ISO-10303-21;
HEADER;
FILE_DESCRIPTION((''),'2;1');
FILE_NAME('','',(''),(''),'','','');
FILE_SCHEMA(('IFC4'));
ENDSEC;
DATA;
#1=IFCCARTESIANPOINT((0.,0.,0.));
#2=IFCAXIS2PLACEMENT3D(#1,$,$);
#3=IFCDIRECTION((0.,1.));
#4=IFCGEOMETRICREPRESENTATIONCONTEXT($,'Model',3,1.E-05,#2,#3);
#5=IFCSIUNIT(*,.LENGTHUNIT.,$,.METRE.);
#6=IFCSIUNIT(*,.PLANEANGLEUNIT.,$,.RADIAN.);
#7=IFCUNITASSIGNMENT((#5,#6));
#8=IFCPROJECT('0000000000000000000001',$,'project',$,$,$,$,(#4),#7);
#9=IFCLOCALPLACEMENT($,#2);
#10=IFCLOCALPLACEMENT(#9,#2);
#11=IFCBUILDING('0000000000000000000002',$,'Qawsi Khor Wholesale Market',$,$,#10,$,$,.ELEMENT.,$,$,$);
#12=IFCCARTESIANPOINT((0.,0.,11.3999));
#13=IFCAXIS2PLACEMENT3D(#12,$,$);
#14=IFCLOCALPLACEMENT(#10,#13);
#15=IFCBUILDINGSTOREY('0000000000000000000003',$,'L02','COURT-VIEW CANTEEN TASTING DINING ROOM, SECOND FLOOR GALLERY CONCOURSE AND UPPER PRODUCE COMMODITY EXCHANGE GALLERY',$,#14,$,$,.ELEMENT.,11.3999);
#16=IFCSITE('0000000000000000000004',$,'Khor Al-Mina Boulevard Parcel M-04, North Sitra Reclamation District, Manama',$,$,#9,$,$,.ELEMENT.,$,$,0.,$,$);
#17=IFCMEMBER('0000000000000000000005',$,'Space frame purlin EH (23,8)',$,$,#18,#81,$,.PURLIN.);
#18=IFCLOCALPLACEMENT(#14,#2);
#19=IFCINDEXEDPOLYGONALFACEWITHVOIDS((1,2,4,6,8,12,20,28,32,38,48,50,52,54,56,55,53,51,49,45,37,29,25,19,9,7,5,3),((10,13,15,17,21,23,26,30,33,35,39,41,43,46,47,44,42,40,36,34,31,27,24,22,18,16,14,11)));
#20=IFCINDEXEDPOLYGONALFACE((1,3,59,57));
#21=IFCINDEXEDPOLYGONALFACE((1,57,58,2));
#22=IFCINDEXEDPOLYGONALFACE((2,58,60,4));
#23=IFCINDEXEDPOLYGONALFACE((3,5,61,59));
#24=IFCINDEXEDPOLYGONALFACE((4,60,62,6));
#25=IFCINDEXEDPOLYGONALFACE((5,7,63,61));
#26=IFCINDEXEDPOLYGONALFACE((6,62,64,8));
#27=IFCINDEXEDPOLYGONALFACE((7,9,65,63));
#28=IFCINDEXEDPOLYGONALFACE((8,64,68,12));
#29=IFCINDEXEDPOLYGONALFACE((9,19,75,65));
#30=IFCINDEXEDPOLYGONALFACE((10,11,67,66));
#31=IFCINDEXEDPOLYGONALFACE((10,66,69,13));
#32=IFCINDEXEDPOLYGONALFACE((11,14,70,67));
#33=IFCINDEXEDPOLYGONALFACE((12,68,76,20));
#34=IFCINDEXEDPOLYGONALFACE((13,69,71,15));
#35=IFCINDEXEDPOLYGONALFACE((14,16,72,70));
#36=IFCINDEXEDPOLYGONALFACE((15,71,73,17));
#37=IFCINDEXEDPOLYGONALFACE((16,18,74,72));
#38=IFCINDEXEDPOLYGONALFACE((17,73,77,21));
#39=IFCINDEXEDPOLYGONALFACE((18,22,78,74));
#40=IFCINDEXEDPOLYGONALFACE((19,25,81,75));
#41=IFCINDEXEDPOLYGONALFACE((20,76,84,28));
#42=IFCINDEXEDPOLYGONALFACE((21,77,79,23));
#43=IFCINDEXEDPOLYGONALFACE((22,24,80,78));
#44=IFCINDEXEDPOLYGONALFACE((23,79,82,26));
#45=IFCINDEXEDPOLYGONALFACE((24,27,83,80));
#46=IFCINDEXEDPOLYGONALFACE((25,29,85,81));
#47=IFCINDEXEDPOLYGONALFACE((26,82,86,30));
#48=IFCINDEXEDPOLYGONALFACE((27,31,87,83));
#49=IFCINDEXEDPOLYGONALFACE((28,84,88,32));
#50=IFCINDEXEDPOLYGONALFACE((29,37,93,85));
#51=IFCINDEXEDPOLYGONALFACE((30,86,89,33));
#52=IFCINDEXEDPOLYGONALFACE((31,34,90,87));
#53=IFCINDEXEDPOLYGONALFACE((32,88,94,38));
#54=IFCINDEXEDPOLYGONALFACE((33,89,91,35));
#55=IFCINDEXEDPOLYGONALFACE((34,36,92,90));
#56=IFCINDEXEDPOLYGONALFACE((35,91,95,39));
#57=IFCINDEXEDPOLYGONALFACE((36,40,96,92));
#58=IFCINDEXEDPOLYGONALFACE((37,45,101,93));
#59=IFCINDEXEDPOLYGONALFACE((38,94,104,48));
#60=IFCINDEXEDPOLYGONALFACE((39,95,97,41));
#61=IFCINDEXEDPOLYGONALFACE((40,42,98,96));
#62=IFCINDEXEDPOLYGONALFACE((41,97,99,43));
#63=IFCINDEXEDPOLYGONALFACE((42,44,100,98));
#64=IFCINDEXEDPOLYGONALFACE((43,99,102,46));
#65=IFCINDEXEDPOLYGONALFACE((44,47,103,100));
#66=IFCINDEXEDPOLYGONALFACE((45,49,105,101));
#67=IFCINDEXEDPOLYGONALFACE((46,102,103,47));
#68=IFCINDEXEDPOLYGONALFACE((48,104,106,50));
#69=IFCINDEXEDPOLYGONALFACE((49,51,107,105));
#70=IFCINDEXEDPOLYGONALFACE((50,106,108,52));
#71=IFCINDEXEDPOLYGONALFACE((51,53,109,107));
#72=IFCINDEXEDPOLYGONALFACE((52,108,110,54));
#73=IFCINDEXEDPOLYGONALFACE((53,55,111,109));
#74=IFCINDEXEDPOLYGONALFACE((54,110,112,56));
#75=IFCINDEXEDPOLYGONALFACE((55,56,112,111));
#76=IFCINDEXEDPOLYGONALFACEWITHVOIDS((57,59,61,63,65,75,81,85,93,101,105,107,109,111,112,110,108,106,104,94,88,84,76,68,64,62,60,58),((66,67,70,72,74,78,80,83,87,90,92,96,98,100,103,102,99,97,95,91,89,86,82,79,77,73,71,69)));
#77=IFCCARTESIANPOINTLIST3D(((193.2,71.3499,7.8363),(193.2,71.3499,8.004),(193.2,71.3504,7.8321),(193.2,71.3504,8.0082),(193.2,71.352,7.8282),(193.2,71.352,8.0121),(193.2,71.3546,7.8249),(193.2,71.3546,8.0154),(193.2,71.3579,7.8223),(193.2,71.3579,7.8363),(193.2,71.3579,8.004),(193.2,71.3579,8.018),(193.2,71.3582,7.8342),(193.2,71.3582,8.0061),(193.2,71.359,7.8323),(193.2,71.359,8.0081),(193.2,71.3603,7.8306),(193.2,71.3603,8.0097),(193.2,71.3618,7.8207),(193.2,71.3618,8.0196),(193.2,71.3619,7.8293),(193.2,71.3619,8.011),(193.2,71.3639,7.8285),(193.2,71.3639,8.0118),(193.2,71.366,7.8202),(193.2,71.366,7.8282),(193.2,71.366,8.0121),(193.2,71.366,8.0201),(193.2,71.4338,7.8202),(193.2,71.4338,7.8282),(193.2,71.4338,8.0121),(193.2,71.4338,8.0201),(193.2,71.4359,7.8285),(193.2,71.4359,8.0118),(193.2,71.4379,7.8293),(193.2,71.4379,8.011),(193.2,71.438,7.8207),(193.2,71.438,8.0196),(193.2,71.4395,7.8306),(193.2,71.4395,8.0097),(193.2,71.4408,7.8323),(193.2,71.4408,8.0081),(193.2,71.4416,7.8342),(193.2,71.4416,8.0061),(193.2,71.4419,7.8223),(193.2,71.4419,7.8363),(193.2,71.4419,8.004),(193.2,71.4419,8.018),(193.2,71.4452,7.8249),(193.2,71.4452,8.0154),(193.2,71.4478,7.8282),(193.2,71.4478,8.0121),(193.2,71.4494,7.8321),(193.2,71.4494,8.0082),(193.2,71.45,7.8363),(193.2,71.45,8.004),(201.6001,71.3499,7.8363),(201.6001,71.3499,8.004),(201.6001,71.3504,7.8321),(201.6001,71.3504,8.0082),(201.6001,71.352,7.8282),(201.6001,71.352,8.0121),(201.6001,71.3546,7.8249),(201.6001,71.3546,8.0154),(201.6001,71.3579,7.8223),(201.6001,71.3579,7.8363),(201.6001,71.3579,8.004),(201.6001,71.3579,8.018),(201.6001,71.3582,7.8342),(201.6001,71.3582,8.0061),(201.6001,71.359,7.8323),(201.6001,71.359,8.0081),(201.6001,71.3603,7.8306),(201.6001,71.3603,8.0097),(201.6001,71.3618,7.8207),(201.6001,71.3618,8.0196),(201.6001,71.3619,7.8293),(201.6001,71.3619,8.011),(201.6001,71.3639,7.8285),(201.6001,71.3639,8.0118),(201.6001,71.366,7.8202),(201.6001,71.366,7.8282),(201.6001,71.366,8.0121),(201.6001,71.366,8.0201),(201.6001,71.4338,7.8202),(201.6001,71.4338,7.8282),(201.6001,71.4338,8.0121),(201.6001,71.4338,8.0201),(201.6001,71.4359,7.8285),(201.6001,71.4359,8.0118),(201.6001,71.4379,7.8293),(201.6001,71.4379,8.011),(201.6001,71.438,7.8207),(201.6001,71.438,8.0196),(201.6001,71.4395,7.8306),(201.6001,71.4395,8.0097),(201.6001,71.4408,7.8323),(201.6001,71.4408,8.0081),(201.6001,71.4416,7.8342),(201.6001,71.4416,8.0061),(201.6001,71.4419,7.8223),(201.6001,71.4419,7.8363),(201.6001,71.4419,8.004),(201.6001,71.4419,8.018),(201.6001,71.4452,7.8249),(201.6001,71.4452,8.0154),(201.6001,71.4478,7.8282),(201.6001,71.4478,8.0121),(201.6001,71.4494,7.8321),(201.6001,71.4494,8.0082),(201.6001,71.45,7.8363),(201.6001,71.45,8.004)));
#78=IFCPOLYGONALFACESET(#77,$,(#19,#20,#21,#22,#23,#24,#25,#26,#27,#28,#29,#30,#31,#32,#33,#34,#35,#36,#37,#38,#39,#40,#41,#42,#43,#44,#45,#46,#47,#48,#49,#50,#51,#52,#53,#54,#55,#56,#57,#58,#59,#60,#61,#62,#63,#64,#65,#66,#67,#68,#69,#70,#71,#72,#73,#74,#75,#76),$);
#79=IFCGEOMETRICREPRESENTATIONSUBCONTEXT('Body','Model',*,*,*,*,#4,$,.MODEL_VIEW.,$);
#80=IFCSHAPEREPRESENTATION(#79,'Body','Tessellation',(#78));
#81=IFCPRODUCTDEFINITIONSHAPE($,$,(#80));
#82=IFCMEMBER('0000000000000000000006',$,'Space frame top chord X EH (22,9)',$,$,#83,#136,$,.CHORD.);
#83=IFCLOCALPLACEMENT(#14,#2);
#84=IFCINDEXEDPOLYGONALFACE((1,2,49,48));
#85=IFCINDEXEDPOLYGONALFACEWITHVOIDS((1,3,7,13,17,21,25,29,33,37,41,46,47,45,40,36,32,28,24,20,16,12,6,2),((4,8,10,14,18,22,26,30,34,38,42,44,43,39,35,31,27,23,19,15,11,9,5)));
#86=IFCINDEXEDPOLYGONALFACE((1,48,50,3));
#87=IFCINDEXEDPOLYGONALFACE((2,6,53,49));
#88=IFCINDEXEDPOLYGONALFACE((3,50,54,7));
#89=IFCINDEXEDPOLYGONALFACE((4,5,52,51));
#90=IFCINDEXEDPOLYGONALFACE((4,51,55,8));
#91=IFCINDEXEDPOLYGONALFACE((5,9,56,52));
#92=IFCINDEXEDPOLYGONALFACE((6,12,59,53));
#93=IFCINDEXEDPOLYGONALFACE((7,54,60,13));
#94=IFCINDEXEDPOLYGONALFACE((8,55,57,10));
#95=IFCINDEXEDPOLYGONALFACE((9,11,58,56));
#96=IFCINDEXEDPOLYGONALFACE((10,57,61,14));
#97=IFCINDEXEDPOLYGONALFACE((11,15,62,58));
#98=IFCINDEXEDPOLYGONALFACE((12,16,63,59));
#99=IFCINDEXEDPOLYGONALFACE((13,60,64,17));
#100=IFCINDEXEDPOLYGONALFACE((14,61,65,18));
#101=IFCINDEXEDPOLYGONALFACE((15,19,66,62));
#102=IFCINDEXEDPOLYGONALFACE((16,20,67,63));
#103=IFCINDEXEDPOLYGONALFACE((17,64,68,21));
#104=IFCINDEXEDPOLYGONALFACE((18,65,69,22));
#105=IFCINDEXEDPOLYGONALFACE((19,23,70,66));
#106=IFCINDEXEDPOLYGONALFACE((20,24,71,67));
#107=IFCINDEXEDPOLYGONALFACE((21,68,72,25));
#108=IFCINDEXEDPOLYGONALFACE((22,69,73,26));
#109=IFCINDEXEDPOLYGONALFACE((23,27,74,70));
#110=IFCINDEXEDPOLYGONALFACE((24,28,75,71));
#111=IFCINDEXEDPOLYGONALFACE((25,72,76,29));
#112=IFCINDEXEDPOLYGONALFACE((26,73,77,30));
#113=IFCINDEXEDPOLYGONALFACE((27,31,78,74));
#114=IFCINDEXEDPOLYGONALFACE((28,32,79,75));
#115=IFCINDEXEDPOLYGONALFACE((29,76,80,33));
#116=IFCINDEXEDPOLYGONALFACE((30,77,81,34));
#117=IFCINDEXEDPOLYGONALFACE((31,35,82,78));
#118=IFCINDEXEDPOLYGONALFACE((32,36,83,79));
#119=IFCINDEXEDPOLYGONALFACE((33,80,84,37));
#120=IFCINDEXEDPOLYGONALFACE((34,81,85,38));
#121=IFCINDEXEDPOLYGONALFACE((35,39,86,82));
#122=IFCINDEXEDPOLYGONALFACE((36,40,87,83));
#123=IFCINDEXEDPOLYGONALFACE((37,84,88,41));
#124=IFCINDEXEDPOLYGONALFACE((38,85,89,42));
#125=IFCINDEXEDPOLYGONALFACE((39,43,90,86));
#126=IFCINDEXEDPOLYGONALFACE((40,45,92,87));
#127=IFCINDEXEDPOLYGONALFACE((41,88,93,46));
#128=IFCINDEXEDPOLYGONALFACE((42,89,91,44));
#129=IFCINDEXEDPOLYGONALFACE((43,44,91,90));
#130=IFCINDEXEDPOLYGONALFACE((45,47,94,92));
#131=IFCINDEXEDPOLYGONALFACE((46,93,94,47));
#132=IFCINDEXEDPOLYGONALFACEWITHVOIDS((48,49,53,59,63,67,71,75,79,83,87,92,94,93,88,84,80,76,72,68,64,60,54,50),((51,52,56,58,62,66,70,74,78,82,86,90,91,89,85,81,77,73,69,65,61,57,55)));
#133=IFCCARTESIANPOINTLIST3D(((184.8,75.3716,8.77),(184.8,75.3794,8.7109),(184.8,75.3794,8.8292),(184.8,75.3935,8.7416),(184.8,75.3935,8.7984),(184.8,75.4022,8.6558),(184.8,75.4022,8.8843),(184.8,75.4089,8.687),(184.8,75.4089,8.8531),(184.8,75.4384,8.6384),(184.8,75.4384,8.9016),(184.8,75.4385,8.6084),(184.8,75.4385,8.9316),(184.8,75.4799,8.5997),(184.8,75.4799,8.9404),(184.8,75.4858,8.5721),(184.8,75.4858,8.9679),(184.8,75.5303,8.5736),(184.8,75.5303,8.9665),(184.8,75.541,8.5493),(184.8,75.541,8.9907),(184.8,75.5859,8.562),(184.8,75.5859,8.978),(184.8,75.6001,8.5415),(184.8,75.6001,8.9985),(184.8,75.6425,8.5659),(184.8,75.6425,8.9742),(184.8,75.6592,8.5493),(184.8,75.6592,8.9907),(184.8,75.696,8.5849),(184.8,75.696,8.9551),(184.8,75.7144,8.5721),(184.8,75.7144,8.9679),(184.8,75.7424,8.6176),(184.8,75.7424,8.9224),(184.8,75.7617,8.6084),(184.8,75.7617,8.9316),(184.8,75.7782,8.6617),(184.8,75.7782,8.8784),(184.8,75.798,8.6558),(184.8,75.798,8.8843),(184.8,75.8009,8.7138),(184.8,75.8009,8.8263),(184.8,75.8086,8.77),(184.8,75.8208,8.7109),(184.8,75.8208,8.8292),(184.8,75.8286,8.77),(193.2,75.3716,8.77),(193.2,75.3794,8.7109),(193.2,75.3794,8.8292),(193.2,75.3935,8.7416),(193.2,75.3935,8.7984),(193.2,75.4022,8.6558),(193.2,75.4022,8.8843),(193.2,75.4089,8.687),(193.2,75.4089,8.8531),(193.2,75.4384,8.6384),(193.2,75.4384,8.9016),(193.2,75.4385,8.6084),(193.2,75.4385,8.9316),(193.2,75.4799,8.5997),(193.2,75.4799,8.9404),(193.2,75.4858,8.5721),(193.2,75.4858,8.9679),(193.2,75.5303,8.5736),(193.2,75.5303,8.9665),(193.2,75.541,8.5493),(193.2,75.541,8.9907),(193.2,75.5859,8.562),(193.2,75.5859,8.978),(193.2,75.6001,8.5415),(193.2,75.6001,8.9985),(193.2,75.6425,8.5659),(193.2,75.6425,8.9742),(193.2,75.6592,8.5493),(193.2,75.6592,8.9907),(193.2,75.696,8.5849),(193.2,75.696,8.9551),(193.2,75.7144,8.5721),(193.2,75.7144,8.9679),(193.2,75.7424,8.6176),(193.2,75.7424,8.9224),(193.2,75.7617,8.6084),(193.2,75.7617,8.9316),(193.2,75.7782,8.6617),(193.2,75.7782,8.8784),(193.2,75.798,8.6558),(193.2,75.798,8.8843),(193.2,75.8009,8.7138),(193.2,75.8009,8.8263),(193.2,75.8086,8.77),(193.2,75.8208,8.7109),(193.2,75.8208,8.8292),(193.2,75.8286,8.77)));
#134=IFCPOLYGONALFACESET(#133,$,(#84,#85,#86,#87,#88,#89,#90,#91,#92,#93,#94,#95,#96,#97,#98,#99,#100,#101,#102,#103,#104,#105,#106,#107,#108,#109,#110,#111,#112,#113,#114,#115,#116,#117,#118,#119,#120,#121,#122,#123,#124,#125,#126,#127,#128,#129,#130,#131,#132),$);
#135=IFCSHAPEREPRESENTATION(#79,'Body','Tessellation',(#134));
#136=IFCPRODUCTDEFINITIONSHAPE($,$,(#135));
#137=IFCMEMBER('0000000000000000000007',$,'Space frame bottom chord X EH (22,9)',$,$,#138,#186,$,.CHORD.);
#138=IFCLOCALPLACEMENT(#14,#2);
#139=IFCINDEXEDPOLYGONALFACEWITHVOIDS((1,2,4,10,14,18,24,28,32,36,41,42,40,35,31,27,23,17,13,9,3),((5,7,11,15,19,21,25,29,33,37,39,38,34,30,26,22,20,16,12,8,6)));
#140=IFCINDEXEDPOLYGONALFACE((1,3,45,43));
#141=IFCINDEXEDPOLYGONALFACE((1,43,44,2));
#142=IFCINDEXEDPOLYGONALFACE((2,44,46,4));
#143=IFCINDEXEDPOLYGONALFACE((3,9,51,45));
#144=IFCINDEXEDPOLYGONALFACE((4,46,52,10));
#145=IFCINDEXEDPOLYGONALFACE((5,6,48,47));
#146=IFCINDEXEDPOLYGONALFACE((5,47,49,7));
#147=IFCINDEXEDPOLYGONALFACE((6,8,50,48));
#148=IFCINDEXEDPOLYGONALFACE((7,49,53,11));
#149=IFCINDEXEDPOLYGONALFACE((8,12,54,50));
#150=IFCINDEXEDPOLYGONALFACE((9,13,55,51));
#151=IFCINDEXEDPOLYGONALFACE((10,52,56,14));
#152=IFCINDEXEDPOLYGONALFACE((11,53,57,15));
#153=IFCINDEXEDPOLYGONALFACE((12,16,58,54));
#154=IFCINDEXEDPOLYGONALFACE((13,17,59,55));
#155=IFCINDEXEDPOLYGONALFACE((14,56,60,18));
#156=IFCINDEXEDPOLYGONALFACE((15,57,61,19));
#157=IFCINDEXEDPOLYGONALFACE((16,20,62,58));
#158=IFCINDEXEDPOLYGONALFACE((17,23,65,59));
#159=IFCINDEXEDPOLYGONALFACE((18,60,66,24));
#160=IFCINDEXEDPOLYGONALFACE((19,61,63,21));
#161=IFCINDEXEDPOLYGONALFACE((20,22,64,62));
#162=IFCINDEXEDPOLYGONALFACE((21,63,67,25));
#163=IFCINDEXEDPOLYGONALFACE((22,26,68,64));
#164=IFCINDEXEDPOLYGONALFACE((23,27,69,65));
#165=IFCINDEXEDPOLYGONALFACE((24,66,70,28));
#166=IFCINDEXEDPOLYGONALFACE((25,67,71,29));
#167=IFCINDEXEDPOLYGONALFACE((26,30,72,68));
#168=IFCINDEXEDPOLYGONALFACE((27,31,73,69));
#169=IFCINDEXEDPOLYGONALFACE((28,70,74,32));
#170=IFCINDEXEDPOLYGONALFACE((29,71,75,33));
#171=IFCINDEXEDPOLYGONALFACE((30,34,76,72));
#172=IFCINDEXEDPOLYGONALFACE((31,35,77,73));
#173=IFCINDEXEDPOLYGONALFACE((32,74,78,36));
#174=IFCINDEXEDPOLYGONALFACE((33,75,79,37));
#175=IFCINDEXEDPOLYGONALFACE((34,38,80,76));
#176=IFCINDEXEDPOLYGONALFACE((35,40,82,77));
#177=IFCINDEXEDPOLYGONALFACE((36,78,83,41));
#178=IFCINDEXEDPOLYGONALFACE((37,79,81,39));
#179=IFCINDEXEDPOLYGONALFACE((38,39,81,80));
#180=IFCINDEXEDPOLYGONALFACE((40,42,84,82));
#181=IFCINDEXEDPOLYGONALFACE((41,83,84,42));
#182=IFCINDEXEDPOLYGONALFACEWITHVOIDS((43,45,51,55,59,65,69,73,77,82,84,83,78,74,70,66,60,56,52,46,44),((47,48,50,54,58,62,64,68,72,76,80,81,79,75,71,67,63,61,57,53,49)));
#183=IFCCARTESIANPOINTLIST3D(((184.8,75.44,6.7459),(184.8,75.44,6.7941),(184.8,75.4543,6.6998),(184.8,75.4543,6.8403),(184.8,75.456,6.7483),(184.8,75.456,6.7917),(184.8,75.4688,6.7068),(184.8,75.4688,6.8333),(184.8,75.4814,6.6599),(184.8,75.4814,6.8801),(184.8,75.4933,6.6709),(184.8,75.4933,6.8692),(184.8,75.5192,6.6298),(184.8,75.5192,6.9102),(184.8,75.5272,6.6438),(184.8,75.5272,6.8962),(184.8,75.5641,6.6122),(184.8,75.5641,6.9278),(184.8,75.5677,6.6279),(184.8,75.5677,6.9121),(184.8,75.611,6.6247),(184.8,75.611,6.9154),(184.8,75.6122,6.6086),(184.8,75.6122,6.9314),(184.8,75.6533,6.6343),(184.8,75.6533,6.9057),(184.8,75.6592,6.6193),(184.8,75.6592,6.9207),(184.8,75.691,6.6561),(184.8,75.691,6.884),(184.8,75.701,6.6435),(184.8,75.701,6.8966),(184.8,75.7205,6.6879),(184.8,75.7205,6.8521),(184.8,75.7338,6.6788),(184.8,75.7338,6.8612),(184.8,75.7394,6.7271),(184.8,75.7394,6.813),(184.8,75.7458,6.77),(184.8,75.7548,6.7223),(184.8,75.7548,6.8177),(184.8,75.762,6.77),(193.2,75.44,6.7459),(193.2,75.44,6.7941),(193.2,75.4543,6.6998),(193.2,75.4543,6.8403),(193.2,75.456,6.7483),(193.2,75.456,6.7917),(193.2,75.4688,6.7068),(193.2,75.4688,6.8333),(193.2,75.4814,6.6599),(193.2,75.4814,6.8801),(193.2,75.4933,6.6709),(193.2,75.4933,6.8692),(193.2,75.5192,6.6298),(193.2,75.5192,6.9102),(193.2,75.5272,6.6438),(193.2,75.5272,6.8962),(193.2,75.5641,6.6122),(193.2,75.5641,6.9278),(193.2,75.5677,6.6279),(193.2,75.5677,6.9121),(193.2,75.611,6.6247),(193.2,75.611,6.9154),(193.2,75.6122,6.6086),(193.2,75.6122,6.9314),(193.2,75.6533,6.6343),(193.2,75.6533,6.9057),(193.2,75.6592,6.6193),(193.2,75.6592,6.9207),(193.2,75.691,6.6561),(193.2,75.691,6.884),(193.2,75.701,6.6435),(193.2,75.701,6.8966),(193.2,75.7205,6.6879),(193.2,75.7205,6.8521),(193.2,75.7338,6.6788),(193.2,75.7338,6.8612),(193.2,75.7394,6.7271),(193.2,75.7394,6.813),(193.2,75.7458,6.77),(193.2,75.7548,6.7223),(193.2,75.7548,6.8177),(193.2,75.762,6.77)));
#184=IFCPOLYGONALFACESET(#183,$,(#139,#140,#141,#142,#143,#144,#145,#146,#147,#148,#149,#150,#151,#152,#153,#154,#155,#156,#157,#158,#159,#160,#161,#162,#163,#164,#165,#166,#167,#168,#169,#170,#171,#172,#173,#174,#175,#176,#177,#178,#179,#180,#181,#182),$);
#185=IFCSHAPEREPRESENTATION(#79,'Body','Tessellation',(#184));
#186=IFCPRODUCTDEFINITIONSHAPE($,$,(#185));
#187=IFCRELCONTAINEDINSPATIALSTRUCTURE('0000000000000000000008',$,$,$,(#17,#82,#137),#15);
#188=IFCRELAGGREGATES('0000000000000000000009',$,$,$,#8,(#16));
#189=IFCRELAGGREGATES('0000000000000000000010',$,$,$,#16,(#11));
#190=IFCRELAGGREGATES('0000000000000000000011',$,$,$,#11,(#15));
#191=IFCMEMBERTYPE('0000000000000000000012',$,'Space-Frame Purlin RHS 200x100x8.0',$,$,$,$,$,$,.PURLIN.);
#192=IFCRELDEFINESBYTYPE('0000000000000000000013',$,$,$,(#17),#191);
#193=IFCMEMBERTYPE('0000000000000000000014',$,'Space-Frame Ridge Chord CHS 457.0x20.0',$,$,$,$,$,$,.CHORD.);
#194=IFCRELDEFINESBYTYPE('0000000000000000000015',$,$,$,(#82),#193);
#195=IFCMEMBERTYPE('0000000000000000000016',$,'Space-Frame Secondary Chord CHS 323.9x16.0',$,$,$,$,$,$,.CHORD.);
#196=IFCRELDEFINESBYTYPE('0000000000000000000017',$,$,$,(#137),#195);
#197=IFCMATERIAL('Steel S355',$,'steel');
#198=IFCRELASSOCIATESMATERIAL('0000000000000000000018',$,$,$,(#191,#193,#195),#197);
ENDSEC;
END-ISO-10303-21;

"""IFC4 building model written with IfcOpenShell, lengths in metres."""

from ifc_helpers import new_model, si_unit, direction, frame, origin, origin_2d, place, context, subcontext, project, spatial, hollow_rectangle, hollow_circle, extrude, material, material_profile, profile_set, type_object, element, save


model = new_model("IFC4")

# Units and contexts
model_context = context("Model", 3, precision=1e-05, world=origin(), true_north=direction((0.0, 1.0)))
body_context = subcontext(model_context, "Body", "Model", "MODEL_VIEW")
ifc_project = project(units=[si_unit("LENGTHUNIT", "METRE"), si_unit("PLANEANGLEUNIT", "RADIAN")], contexts=[model_context])

# Site, building, storey
site_placement = place(None, origin())
site = spatial("IfcSite", under=ifc_project, at=site_placement, Name="Khor Al-Mina Boulevard Parcel M-04, North Sitra Reclamation District, Manama", CompositionType="ELEMENT", RefElevation=0.0)
building_placement = place(site_placement, origin())
building = spatial("IfcBuilding", under=site, at=building_placement, Name="Qawsi Khor Wholesale Market", CompositionType="ELEMENT")
storey_placement = place(building_placement, frame((0.0, 0.0, 11.3999)))
storey = spatial("IfcBuildingStorey", under=building, at=storey_placement, Name="L02", Description="COURT-VIEW CANTEEN TASTING DINING ROOM, SECOND FLOOR GALLERY CONCOURSE AND UPPER PRODUCE COMMODITY EXCHANGE GALLERY", CompositionType="ELEMENT", Elevation=11.3999)

# Members
ifc_material_1 = material(Name="Steel S355", Category="steel")
ifc_material_profile_1 = material_profile(ifc_material_1, hollow_rectangle(XDim=0.1001, YDim=0.2, WallThickness=0.0081, InnerFilletRadius=0.0081, OuterFilletRadius=0.0161, at=origin_2d()), Name="RHS 200x100x8.0")
ifc_profile_set_1 = profile_set([ifc_material_profile_1], Name="Steel S355")
member_type_1 = type_object("IfcMemberType", Name="Space-Frame Purlin RHS 200x100x8.0", PredefinedType="PURLIN", material=ifc_profile_set_1)
member_1_placement = place(storey_placement, frame((193.2, 71.3999, 7.9202), z_axis=(1.0, 0.0, 0.0), x_axis=(0.0, 1.0, 0.0)))
element("IfcMember", 1, at=member_1_placement, inside=storey, type_object=member_type_1, Name="Space frame purlin EH (23,8)", PredefinedType="PURLIN", context=body_context, shape_type="SweptSolid", body=[
    extrude(hollow_rectangle(XDim=0.1001, YDim=0.2, WallThickness=0.0081, InnerFilletRadius=0.0081, OuterFilletRadius=0.0161, at=origin_2d()), origin(), (0.0, 0.0, 1.0), 8.4001),
])
ifc_material_profile_2 = material_profile(ifc_material_1, hollow_circle(Radius=0.2285, WallThickness=0.02, at=origin_2d()), Name="CHS 457.0x20.0")
ifc_profile_set_2 = profile_set([ifc_material_profile_2], Name="Steel S355")
member_type_2 = type_object("IfcMemberType", Name="Space-Frame Ridge Chord CHS 457.0x20.0", PredefinedType="CHORD", material=ifc_profile_set_2)
member_2_placement = place(storey_placement, frame((184.8, 75.6001, 8.77), z_axis=(1.0, 0.0, 0.0), x_axis=(0.0, 1.0, 0.0)))
element("IfcMember", 2, at=member_2_placement, inside=storey, type_object=member_type_2, Name="Space frame top chord X EH (22,9)", PredefinedType="CHORD", context=body_context, shape_type="SweptSolid", body=[
    extrude(hollow_circle(Radius=0.2285, WallThickness=0.02, at=origin_2d()), origin(), (0.0, 0.0, 1.0), 8.3999),
])
ifc_material_profile_3 = material_profile(ifc_material_1, hollow_circle(Radius=0.1619, WallThickness=0.0161, at=origin_2d()), Name="CHS 323.9x16.0")
ifc_profile_set_3 = profile_set([ifc_material_profile_3], Name="Steel S355")
member_type_3 = type_object("IfcMemberType", Name="Space-Frame Secondary Chord CHS 323.9x16.0", PredefinedType="CHORD", material=ifc_profile_set_3)
member_3_placement = place(storey_placement, frame((184.8, 75.6001, 6.77), z_axis=(1.0, 0.0, 0.0), x_axis=(0.0, 1.0, 0.0)))
element("IfcMember", 3, at=member_3_placement, inside=storey, type_object=member_type_3, Name="Space frame bottom chord X EH (22,9)", PredefinedType="CHORD", context=body_context, shape_type="SweptSolid", body=[
    extrude(hollow_circle(Radius=0.1619, WallThickness=0.0161, at=origin_2d()), origin(), (0.0, 0.0, 1.0), 8.3999),
])

save(model, "model.ifc")
